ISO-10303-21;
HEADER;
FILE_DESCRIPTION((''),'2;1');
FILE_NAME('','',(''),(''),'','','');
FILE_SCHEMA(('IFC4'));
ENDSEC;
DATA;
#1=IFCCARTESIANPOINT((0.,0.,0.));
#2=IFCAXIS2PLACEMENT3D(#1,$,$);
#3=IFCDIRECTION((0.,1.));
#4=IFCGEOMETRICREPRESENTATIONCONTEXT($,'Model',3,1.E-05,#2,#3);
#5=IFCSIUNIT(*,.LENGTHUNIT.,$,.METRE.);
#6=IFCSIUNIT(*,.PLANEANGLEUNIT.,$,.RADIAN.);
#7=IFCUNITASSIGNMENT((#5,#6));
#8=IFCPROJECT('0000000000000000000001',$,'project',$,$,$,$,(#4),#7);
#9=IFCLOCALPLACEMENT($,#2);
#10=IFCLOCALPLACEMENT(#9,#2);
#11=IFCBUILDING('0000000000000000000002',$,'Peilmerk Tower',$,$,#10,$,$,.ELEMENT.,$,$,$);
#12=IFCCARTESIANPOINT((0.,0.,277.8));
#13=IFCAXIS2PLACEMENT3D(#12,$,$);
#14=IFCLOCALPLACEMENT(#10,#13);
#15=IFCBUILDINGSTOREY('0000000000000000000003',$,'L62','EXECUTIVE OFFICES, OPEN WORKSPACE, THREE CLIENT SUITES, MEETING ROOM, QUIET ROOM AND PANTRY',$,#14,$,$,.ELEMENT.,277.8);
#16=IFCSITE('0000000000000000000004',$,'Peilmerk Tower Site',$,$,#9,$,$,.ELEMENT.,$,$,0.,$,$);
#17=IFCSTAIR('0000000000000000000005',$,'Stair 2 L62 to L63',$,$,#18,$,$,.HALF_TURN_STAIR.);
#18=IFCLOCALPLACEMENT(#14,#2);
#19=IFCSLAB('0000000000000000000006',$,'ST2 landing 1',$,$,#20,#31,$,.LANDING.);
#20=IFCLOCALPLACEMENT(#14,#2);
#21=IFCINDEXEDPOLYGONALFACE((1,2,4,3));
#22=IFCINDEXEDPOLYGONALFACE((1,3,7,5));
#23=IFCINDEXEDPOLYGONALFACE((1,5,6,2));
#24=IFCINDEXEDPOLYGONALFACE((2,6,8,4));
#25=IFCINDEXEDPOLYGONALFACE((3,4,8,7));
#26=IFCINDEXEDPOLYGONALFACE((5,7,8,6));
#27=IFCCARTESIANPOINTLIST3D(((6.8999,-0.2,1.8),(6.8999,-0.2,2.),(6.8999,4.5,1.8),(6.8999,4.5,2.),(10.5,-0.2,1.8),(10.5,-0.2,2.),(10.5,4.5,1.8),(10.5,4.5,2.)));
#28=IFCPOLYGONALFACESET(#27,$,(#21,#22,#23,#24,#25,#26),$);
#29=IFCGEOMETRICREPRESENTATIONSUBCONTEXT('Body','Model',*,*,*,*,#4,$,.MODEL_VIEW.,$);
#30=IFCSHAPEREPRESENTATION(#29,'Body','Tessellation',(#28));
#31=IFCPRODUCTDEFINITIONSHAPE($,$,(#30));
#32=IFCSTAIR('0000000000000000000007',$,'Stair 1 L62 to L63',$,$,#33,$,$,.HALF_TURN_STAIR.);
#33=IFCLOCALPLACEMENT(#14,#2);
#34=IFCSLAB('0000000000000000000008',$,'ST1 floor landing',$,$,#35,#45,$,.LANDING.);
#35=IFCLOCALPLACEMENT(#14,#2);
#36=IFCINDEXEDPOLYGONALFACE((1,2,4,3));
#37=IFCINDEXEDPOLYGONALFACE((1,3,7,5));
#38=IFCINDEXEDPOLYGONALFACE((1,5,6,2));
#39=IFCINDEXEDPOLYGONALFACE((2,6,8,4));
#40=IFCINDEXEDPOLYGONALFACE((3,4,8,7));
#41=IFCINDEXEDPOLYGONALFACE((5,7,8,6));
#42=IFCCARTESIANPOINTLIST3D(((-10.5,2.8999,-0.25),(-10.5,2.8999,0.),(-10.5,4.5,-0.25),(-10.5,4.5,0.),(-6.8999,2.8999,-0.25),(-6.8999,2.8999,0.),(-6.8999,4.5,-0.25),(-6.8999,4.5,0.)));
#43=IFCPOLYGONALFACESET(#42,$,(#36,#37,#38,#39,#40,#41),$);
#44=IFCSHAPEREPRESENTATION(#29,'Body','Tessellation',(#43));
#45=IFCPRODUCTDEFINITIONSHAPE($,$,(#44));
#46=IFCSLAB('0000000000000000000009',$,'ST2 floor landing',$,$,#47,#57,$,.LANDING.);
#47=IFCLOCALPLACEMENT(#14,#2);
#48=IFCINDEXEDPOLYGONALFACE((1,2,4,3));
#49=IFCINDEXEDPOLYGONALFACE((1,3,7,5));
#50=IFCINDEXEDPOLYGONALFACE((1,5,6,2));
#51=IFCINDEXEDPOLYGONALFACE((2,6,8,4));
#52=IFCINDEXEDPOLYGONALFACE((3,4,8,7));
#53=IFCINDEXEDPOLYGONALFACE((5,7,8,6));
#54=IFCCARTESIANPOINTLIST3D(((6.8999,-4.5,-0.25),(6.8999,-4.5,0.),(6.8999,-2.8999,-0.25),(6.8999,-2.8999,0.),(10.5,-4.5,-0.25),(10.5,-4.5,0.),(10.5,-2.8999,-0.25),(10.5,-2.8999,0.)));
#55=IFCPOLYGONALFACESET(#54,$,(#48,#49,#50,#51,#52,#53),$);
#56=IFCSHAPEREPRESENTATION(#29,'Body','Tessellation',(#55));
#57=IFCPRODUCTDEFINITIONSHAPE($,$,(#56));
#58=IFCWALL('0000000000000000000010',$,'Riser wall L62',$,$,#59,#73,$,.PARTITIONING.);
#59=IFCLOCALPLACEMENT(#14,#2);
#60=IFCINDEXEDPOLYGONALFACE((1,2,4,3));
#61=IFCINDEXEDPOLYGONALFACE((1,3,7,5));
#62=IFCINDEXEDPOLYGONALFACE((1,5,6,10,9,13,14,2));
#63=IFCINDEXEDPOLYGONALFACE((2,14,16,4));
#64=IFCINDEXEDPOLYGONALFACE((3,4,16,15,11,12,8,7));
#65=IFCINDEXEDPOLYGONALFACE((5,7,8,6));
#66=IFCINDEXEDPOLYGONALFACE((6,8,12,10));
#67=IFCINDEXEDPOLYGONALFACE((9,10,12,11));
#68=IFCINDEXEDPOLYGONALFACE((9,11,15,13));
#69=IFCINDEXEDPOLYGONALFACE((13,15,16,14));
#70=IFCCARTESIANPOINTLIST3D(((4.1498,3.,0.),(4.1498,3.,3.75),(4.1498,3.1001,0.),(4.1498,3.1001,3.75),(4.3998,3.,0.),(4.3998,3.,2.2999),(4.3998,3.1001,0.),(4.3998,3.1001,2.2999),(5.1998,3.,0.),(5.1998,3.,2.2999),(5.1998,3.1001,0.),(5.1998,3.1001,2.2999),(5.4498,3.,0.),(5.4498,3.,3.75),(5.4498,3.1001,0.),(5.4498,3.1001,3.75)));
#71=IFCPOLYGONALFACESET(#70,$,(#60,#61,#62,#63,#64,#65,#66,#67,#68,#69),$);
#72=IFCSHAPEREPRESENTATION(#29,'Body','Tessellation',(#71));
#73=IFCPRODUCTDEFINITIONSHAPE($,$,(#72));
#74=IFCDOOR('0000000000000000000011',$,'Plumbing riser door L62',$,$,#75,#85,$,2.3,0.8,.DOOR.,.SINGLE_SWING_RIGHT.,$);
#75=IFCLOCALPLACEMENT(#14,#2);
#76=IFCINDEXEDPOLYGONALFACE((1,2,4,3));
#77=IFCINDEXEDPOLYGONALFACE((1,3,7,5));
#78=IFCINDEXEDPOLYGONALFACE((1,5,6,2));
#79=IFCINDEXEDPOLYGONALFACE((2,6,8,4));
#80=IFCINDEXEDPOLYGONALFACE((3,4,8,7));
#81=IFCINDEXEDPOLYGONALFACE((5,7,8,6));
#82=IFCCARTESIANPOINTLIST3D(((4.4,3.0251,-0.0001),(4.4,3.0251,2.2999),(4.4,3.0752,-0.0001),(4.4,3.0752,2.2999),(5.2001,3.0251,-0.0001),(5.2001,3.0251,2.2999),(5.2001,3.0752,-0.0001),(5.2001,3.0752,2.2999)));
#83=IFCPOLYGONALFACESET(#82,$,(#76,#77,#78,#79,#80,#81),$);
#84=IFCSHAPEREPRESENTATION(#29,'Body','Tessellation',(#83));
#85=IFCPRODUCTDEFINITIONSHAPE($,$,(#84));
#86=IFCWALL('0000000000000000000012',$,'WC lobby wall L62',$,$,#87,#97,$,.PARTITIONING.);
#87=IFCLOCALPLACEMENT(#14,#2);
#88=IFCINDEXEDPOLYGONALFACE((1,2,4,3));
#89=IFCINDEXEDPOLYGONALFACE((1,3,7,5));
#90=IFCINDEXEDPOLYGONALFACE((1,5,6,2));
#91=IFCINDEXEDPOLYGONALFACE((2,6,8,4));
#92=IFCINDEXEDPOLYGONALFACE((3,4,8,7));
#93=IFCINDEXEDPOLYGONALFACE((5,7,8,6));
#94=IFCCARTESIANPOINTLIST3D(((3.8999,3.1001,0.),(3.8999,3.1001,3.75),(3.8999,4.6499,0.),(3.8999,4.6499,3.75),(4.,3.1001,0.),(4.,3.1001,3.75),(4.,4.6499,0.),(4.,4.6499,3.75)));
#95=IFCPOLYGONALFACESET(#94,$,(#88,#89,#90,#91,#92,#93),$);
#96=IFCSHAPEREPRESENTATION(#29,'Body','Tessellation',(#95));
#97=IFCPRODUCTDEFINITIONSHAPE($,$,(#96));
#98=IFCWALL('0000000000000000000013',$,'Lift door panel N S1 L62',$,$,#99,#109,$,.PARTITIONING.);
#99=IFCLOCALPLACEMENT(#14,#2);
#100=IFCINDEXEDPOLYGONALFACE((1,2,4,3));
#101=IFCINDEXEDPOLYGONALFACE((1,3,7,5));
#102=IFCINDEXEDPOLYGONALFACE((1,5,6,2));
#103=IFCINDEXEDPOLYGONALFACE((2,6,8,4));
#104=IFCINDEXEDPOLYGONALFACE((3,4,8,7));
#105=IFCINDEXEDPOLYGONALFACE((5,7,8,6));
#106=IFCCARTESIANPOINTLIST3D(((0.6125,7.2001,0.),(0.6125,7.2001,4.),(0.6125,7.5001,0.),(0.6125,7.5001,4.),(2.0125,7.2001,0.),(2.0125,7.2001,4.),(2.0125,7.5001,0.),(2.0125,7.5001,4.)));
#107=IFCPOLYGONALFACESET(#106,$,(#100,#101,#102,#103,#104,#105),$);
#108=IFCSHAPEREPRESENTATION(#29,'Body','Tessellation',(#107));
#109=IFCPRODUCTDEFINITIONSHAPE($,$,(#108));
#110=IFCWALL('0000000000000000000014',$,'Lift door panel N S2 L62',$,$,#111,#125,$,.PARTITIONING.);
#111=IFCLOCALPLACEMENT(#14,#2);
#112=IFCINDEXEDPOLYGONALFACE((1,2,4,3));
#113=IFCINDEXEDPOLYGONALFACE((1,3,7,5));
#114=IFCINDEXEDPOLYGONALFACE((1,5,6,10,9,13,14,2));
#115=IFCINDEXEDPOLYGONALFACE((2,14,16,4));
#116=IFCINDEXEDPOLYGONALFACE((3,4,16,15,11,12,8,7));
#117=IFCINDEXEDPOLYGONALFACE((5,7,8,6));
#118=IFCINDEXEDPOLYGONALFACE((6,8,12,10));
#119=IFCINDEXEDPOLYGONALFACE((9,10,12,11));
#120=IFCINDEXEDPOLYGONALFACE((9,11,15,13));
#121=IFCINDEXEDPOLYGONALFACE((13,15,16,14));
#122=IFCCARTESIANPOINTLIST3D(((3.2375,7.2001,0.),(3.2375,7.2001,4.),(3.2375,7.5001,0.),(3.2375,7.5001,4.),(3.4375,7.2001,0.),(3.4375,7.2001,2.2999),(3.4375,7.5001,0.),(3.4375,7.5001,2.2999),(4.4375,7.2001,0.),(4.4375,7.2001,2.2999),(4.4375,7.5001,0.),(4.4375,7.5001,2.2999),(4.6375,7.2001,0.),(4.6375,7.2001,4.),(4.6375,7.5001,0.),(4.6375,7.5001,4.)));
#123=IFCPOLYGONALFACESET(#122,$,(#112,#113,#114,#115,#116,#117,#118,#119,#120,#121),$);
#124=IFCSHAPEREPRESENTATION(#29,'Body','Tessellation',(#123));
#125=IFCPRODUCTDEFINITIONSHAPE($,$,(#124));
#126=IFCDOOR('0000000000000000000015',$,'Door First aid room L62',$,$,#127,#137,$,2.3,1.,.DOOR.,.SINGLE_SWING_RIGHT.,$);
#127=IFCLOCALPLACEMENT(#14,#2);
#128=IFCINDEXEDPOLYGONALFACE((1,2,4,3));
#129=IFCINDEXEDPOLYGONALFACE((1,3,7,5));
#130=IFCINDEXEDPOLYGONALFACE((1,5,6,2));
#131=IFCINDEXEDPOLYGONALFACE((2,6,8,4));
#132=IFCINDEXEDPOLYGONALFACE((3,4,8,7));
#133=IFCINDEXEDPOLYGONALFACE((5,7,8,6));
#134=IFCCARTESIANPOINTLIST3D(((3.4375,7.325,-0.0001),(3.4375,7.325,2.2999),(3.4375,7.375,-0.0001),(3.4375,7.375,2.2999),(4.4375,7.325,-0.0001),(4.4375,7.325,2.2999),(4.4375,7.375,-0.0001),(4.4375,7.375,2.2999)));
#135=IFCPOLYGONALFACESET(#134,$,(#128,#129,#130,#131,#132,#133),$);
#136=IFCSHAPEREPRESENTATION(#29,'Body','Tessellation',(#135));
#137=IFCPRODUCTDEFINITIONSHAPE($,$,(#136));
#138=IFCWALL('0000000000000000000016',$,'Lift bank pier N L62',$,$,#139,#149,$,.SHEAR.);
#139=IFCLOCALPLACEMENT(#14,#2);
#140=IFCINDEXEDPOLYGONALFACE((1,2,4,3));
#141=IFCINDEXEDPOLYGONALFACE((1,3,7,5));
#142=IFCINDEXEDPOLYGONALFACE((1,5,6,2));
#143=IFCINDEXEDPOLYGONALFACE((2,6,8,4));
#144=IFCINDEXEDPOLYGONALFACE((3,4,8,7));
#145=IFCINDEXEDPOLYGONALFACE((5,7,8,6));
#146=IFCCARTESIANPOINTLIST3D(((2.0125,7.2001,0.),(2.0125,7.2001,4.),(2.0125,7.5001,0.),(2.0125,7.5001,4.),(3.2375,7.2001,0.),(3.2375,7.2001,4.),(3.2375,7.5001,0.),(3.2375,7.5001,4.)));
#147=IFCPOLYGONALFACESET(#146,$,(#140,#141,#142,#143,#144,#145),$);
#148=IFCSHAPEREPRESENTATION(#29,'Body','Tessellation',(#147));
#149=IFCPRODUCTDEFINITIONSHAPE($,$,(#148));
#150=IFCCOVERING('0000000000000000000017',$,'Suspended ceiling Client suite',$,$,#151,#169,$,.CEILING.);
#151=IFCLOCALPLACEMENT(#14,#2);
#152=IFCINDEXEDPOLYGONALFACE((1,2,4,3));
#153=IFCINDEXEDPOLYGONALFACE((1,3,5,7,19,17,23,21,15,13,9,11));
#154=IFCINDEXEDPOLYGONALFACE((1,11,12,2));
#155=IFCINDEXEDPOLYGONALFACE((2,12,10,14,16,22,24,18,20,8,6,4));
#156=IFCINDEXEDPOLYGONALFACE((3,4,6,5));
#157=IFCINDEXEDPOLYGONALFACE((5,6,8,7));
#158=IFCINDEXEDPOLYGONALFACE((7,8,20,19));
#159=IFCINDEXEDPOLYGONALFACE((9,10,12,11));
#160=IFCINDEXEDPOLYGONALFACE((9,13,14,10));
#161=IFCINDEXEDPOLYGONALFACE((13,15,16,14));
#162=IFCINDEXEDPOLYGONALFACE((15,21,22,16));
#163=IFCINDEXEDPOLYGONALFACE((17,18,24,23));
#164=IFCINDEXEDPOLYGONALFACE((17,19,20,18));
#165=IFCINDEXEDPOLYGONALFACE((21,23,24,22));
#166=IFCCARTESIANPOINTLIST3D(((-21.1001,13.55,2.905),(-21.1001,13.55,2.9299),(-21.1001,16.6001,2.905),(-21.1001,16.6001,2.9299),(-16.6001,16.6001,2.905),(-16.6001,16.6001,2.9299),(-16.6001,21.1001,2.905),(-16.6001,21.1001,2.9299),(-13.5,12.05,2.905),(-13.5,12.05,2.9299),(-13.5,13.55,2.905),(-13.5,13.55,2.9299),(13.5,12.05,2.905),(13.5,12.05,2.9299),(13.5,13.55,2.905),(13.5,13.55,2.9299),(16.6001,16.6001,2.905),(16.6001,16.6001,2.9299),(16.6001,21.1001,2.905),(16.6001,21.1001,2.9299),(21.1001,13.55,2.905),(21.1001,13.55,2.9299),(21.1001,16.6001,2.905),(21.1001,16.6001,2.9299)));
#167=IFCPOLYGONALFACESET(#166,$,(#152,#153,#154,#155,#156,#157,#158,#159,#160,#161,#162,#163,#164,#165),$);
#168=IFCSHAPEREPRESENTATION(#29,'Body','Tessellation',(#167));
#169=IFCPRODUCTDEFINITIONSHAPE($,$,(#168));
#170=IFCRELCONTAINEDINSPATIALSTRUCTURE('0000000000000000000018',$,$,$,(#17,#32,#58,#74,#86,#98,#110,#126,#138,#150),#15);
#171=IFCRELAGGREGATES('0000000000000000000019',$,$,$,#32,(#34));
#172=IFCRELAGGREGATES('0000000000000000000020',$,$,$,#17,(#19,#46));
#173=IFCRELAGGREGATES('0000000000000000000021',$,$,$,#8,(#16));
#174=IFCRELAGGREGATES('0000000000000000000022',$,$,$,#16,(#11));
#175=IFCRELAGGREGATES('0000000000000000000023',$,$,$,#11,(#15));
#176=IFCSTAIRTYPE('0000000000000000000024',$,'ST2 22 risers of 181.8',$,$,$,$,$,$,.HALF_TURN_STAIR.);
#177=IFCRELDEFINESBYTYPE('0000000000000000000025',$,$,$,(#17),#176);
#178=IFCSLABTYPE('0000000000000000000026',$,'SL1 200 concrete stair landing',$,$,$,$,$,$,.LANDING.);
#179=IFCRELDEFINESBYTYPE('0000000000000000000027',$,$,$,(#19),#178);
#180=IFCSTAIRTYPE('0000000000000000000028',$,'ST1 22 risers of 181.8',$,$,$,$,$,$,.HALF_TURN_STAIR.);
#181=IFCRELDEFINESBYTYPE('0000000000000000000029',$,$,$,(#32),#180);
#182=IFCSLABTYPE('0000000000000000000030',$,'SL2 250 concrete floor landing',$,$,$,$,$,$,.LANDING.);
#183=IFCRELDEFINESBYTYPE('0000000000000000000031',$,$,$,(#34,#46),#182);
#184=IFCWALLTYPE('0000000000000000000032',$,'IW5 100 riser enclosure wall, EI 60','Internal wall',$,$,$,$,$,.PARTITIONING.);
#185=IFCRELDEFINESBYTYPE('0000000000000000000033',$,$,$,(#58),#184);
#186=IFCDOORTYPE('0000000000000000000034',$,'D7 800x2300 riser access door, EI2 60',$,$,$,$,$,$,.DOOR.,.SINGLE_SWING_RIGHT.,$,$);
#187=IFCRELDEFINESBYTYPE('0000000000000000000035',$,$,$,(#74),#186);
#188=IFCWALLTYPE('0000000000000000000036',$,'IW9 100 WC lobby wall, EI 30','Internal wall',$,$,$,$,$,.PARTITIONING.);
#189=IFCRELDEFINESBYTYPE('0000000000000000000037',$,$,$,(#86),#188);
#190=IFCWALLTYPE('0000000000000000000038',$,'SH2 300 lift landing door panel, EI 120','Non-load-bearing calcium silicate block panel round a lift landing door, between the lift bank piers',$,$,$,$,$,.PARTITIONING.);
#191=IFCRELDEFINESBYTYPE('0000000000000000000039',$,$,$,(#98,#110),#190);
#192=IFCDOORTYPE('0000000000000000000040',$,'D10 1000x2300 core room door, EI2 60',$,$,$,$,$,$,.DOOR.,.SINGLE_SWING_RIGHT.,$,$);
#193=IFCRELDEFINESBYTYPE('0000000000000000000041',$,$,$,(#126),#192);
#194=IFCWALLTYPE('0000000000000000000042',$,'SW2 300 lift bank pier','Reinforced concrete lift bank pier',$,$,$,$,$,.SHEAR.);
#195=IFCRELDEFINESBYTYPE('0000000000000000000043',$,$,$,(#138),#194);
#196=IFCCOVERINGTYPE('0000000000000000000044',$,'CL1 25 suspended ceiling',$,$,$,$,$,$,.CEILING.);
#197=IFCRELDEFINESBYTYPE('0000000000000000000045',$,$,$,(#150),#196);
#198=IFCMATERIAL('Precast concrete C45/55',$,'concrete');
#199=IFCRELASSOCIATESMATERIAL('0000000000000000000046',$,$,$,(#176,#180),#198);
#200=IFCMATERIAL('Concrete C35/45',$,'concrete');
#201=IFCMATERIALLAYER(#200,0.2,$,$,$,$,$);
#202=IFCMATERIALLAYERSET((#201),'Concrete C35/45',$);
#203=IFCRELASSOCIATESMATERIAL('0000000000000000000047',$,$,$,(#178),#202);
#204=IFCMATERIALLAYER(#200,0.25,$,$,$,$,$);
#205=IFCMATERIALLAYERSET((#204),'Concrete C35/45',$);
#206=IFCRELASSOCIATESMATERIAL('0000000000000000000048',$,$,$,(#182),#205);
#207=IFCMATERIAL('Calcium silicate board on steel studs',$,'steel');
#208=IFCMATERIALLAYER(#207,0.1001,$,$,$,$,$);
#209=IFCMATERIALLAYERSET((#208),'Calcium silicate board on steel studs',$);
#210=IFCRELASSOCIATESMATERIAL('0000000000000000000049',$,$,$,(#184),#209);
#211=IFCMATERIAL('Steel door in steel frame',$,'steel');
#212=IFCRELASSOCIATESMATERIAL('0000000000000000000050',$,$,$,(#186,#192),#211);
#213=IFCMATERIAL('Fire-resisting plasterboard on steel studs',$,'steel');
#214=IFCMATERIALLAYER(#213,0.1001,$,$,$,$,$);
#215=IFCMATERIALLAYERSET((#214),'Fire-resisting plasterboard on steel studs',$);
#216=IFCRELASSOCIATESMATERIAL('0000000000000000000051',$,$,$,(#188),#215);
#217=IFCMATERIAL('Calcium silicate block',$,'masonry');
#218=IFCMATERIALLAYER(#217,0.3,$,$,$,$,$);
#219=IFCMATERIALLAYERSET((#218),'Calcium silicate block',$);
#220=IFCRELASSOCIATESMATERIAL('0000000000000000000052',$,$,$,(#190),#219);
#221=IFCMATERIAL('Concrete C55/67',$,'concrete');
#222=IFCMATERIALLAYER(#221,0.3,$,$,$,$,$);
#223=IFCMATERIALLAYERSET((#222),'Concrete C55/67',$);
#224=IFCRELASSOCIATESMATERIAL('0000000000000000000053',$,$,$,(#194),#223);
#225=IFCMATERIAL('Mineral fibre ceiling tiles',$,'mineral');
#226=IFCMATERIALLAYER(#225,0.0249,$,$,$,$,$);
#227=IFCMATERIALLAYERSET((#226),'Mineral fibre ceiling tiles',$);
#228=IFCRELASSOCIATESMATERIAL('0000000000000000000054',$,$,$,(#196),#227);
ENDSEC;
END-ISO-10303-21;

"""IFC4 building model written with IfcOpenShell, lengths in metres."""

from ifc_helpers import new_model, si_unit, direction, frame, frame_2d, origin, place, context, subcontext, project, spatial, polyline, rectangle, outline, extrude, material, layer, layer_set, type_object, element, fill, aggregate, save


model = new_model("IFC4")

# Units and contexts
model_context = context("Model", 3, precision=1e-05, world=origin(), true_north=direction((0.0, 1.0)))
body_context = subcontext(model_context, "Body", "Model", "MODEL_VIEW")
ifc_project = project(units=[si_unit("LENGTHUNIT", "METRE"), si_unit("PLANEANGLEUNIT", "RADIAN")], contexts=[model_context])

# Site, building, storey
site_placement = place(None, origin())
site = spatial("IfcSite", under=ifc_project, at=site_placement, Name="Peilmerk Tower Site", CompositionType="ELEMENT", RefElevation=0.0)
building_placement = place(site_placement, origin())
building = spatial("IfcBuilding", under=site, at=building_placement, Name="Peilmerk Tower", CompositionType="ELEMENT")
storey_placement = place(building_placement, frame((0.0, 0.0, 277.8)))
storey = spatial("IfcBuildingStorey", under=building, at=storey_placement, Name="L62", Description="EXECUTIVE OFFICES, OPEN WORKSPACE, THREE CLIENT SUITES, MEETING ROOM, QUIET ROOM AND PANTRY", CompositionType="ELEMENT", Elevation=277.8)

# Stairs, slabs
ifc_material_1 = material(Name="Precast concrete C45/55", Category="concrete")
stair_type_1 = type_object("IfcStairType", Name="ST2 22 risers of 181.8", PredefinedType="HALF_TURN_STAIR", material=ifc_material_1)
stair_1_placement = place(storey_placement, origin())
stair_1 = element("IfcStair", 1, at=stair_1_placement, inside=storey, type_object=stair_type_1, Name="Stair 2 L62 to L63", PredefinedType="HALF_TURN_STAIR")
ifc_material_2 = material(Name="Concrete C35/45", Category="concrete")
ifc_layer_1 = layer(ifc_material_2, 0.2)
ifc_layer_set_1 = layer_set([ifc_layer_1], Name="Concrete C35/45")
slab_type_1 = type_object("IfcSlabType", Name="SL1 200 concrete stair landing", PredefinedType="LANDING", material=ifc_layer_set_1)
slab_1_placement = place(storey_placement, frame((0.0, 0.0, 1.8)))
slab_1 = element("IfcSlab", 2, at=slab_1_placement, type_object=slab_type_1, Name="ST2 landing 1", PredefinedType="LANDING", context=body_context, shape_type="SweptSolid", body=[
    extrude(outline(polyline([(6.8999, -0.2), (10.5, -0.2), (10.5, 4.5), (6.8999, 4.5), (6.8999, -0.2)])), origin(), (0.0, 0.0, 1.0), 0.2),
])
stair_type_2 = type_object("IfcStairType", Name="ST1 22 risers of 181.8", PredefinedType="HALF_TURN_STAIR", material=ifc_material_1)
stair_2_placement = place(storey_placement, origin())
stair_2 = element("IfcStair", 3, at=stair_2_placement, inside=storey, type_object=stair_type_2, Name="Stair 1 L62 to L63", PredefinedType="HALF_TURN_STAIR")
ifc_layer_2 = layer(ifc_material_2, 0.25)
ifc_layer_set_2 = layer_set([ifc_layer_2], Name="Concrete C35/45")
slab_type_2 = type_object("IfcSlabType", Name="SL2 250 concrete floor landing", PredefinedType="LANDING", material=ifc_layer_set_2)
slab_2_placement = place(storey_placement, frame((0.0, 0.0, -0.25)))
slab_2 = element("IfcSlab", 4, at=slab_2_placement, type_object=slab_type_2, Name="ST1 floor landing", PredefinedType="LANDING", context=body_context, shape_type="SweptSolid", body=[
    extrude(outline(polyline([(-10.5, 2.8999), (-6.8999, 2.8999), (-6.8999, 4.5), (-10.5, 4.5), (-10.5, 2.8999)])), origin(), (0.0, 0.0, 1.0), 0.25),
])
aggregate(stair_2, [slab_2])

# Slab
slab_3_placement = place(storey_placement, frame((0.0, 0.0, -0.25)))
slab_3 = element("IfcSlab", 5, at=slab_3_placement, type_object=slab_type_2, Name="ST2 floor landing", PredefinedType="LANDING", context=body_context, shape_type="SweptSolid", body=[
    extrude(outline(polyline([(6.8999, -4.5), (10.5, -4.5), (10.5, -2.8999), (6.8999, -2.8999), (6.8999, -4.5)])), origin(), (0.0, 0.0, 1.0), 0.25),
])
aggregate(stair_1, [slab_1, slab_3])

# Wall, opening, door
ifc_material_3 = material(Name="Calcium silicate board on steel studs", Category="steel")
ifc_layer_3 = layer(ifc_material_3, 0.1001)
ifc_layer_set_3 = layer_set([ifc_layer_3], Name="Calcium silicate board on steel studs")
wall_type_1 = type_object("IfcWallType", Name="IW5 100 riser enclosure wall, EI 60", Description="Internal wall", PredefinedType="PARTITIONING", material=ifc_layer_set_3)
wall_1_placement = place(storey_placement, frame((4.1499, 3.05, 0.0), z_axis=(0.0, 0.0, 1.0), x_axis=(1.0, 0.0, 0.0)))
wall_1 = element("IfcWall", 6, at=wall_1_placement, inside=storey, type_object=wall_type_1, Name="Riser wall L62", PredefinedType="PARTITIONING", context=body_context, shape_type="SweptSolid", body=[
    extrude(rectangle(XDim=1.3, YDim=0.1001, at=frame_2d((0.6499, 0.0))), origin(), (0.0, 0.0, 1.0), 3.75),
])
opening_1_placement = place(wall_1_placement, frame((0.25, 0.0, 0.0)))
opening_1 = element("IfcOpeningElement", 7, at=opening_1_placement, cuts=wall_1, PredefinedType="OPENING", context=body_context, shape_type="SweptSolid", body=[
    extrude(rectangle(XDim=0.8, YDim=2.3, at=frame_2d((0.3999, 1.1499))), frame((0.0, 0.0601, 0.0), z_axis=(0.0, -1.0, 0.0), x_axis=(1.0, 0.0, 0.0)), (0.0, 0.0, 1.0), 0.1201),
])
ifc_material_4 = material(Name="Steel door in steel frame", Category="steel")
door_type_1 = type_object("IfcDoorType", Name="D7 800x2300 riser access door, EI2 60", OperationType="SINGLE_SWING_RIGHT", PredefinedType="DOOR", material=ifc_material_4)
door_1_placement = place(opening_1_placement, frame((0.8, 0.0, 0.0), z_axis=(0.0, 0.0, 1.0), x_axis=(-1.0, 0.0, 0.0)))
door_1 = element("IfcDoor", 8, at=door_1_placement, inside=storey, type_object=door_type_1, Name="Plumbing riser door L62", OperationType="SINGLE_SWING_RIGHT", OverallHeight=2.3, OverallWidth=0.8, PredefinedType="DOOR", context=body_context, shape_type="SweptSolid", body=[
    extrude(rectangle(XDim=0.8, YDim=2.3, at=frame_2d((0.3999, 1.1499))), frame((0.0, 0.0249, 0.0), z_axis=(0.0, -1.0, 0.0), x_axis=(1.0, 0.0, 0.0)), (0.0, 0.0, 1.0), 0.05),
])
fill(opening_1, door_1)

# Walls
ifc_material_5 = material(Name="Fire-resisting plasterboard on steel studs", Category="steel")
ifc_layer_4 = layer(ifc_material_5, 0.1001)
ifc_layer_set_4 = layer_set([ifc_layer_4], Name="Fire-resisting plasterboard on steel studs")
wall_type_2 = type_object("IfcWallType", Name="IW9 100 WC lobby wall, EI 30", Description="Internal wall", PredefinedType="PARTITIONING", material=ifc_layer_set_4)
wall_2_placement = place(storey_placement, frame((3.95, 3.1001, 0.0), z_axis=(0.0, 0.0, 1.0), x_axis=(0.0, 1.0, 0.0)))
element("IfcWall", 9, at=wall_2_placement, inside=storey, type_object=wall_type_2, Name="WC lobby wall L62", PredefinedType="PARTITIONING", context=body_context, shape_type="SweptSolid", body=[
    extrude(rectangle(XDim=1.5498, YDim=0.1001, at=frame_2d((0.7749, 0.0))), origin(), (0.0, 0.0, 1.0), 3.75),
])
ifc_material_6 = material(Name="Calcium silicate block", Category="masonry")
ifc_layer_5 = layer(ifc_material_6, 0.3)
ifc_layer_set_5 = layer_set([ifc_layer_5], Name="Calcium silicate block")
wall_type_3 = type_object("IfcWallType", Name="SH2 300 lift landing door panel, EI 120", Description="Non-load-bearing calcium silicate block panel round a lift landing door, between the lift bank piers", PredefinedType="PARTITIONING", material=ifc_layer_set_5)
wall_3_placement = place(storey_placement, frame((0.6125, 7.3501, 0.0), z_axis=(0.0, 0.0, 1.0), x_axis=(1.0, 0.0, 0.0)))
element("IfcWall", 10, at=wall_3_placement, inside=storey, type_object=wall_type_3, Name="Lift door panel N S1 L62", PredefinedType="PARTITIONING", context=body_context, shape_type="SweptSolid", body=[
    extrude(rectangle(XDim=1.3999, YDim=0.3, at=frame_2d((0.7, 0.0))), origin(), (0.0, 0.0, 1.0), 4.0),
])

# Wall, opening, door
wall_4_placement = place(storey_placement, frame((3.2375, 7.3501, 0.0), z_axis=(0.0, 0.0, 1.0), x_axis=(1.0, 0.0, 0.0)))
wall_4 = element("IfcWall", 11, at=wall_4_placement, inside=storey, type_object=wall_type_3, Name="Lift door panel N S2 L62", PredefinedType="PARTITIONING", context=body_context, shape_type="SweptSolid", body=[
    extrude(rectangle(XDim=1.3999, YDim=0.3, at=frame_2d((0.7, 0.0))), origin(), (0.0, 0.0, 1.0), 4.0),
])
opening_2_placement = place(wall_4_placement, frame((0.2, 0.0, 0.0)))
opening_2 = element("IfcOpeningElement", 12, at=opening_2_placement, cuts=wall_4, PredefinedType="OPENING", context=body_context, shape_type="SweptSolid", body=[
    extrude(rectangle(XDim=1.0, YDim=2.3, at=frame_2d((0.5, 1.1499))), frame((0.0, 0.1599, 0.0), z_axis=(0.0, -1.0, 0.0), x_axis=(1.0, 0.0, 0.0)), (0.0, 0.0, 1.0), 0.3201),
])
door_type_2 = type_object("IfcDoorType", Name="D10 1000x2300 core room door, EI2 60", OperationType="SINGLE_SWING_RIGHT", PredefinedType="DOOR", material=ifc_material_4)
door_2_placement = place(opening_2_placement, origin())
door_2 = element("IfcDoor", 13, at=door_2_placement, inside=storey, type_object=door_type_2, Name="Door First aid room L62", OperationType="SINGLE_SWING_RIGHT", OverallHeight=2.3, OverallWidth=1.0, PredefinedType="DOOR", context=body_context, shape_type="SweptSolid", body=[
    extrude(rectangle(XDim=1.0, YDim=2.3, at=frame_2d((0.5, 1.1499))), frame((0.0, 0.0249, 0.0), z_axis=(0.0, -1.0, 0.0), x_axis=(1.0, 0.0, 0.0)), (0.0, 0.0, 1.0), 0.05),
])
fill(opening_2, door_2)

# Wall
ifc_material_7 = material(Name="Concrete C55/67", Category="concrete")
ifc_layer_6 = layer(ifc_material_7, 0.3)
ifc_layer_set_6 = layer_set([ifc_layer_6], Name="Concrete C55/67")
wall_type_4 = type_object("IfcWallType", Name="SW2 300 lift bank pier", Description="Reinforced concrete lift bank pier", PredefinedType="SHEAR", material=ifc_layer_set_6)
wall_5_placement = place(storey_placement, frame((2.0125, 7.3501, 0.0), z_axis=(0.0, 0.0, 1.0), x_axis=(1.0, 0.0, 0.0)))
element("IfcWall", 14, at=wall_5_placement, inside=storey, type_object=wall_type_4, Name="Lift bank pier N L62", PredefinedType="SHEAR", context=body_context, shape_type="SweptSolid", body=[
    extrude(rectangle(XDim=1.2251, YDim=0.3, at=frame_2d((0.6125, 0.0))), origin(), (0.0, 0.0, 1.0), 4.0),
])

# Covering
ifc_material_8 = material(Name="Mineral fibre ceiling tiles", Category="mineral")
ifc_layer_7 = layer(ifc_material_8, 0.0249)
ifc_layer_set_7 = layer_set([ifc_layer_7], Name="Mineral fibre ceiling tiles")
covering_type = type_object("IfcCoveringType", Name="CL1 25 suspended ceiling", PredefinedType="CEILING", material=ifc_layer_set_7)
covering_1_placement = place(storey_placement, frame((0.0, 0.0, 2.905)))
element("IfcCovering", 15, at=covering_1_placement, inside=storey, type_object=covering_type, Name="Suspended ceiling Client suite", PredefinedType="CEILING", context=body_context, shape_type="SweptSolid", body=[
    extrude(outline(polyline([(-21.1001, 16.6001), (-21.1001, 13.55), (-13.5, 13.55), (-13.5, 12.05), (13.5, 12.05), (13.5, 13.55), (21.1001, 13.55), (21.1001, 16.6001), (16.6001, 16.6001), (16.6001, 21.1001), (-16.6001, 21.1001), (-16.6001, 16.6001), (-21.1001, 16.6001)])), origin(), (0.0, 0.0, 1.0), 0.0249),
])

save(model, "model.ifc")
